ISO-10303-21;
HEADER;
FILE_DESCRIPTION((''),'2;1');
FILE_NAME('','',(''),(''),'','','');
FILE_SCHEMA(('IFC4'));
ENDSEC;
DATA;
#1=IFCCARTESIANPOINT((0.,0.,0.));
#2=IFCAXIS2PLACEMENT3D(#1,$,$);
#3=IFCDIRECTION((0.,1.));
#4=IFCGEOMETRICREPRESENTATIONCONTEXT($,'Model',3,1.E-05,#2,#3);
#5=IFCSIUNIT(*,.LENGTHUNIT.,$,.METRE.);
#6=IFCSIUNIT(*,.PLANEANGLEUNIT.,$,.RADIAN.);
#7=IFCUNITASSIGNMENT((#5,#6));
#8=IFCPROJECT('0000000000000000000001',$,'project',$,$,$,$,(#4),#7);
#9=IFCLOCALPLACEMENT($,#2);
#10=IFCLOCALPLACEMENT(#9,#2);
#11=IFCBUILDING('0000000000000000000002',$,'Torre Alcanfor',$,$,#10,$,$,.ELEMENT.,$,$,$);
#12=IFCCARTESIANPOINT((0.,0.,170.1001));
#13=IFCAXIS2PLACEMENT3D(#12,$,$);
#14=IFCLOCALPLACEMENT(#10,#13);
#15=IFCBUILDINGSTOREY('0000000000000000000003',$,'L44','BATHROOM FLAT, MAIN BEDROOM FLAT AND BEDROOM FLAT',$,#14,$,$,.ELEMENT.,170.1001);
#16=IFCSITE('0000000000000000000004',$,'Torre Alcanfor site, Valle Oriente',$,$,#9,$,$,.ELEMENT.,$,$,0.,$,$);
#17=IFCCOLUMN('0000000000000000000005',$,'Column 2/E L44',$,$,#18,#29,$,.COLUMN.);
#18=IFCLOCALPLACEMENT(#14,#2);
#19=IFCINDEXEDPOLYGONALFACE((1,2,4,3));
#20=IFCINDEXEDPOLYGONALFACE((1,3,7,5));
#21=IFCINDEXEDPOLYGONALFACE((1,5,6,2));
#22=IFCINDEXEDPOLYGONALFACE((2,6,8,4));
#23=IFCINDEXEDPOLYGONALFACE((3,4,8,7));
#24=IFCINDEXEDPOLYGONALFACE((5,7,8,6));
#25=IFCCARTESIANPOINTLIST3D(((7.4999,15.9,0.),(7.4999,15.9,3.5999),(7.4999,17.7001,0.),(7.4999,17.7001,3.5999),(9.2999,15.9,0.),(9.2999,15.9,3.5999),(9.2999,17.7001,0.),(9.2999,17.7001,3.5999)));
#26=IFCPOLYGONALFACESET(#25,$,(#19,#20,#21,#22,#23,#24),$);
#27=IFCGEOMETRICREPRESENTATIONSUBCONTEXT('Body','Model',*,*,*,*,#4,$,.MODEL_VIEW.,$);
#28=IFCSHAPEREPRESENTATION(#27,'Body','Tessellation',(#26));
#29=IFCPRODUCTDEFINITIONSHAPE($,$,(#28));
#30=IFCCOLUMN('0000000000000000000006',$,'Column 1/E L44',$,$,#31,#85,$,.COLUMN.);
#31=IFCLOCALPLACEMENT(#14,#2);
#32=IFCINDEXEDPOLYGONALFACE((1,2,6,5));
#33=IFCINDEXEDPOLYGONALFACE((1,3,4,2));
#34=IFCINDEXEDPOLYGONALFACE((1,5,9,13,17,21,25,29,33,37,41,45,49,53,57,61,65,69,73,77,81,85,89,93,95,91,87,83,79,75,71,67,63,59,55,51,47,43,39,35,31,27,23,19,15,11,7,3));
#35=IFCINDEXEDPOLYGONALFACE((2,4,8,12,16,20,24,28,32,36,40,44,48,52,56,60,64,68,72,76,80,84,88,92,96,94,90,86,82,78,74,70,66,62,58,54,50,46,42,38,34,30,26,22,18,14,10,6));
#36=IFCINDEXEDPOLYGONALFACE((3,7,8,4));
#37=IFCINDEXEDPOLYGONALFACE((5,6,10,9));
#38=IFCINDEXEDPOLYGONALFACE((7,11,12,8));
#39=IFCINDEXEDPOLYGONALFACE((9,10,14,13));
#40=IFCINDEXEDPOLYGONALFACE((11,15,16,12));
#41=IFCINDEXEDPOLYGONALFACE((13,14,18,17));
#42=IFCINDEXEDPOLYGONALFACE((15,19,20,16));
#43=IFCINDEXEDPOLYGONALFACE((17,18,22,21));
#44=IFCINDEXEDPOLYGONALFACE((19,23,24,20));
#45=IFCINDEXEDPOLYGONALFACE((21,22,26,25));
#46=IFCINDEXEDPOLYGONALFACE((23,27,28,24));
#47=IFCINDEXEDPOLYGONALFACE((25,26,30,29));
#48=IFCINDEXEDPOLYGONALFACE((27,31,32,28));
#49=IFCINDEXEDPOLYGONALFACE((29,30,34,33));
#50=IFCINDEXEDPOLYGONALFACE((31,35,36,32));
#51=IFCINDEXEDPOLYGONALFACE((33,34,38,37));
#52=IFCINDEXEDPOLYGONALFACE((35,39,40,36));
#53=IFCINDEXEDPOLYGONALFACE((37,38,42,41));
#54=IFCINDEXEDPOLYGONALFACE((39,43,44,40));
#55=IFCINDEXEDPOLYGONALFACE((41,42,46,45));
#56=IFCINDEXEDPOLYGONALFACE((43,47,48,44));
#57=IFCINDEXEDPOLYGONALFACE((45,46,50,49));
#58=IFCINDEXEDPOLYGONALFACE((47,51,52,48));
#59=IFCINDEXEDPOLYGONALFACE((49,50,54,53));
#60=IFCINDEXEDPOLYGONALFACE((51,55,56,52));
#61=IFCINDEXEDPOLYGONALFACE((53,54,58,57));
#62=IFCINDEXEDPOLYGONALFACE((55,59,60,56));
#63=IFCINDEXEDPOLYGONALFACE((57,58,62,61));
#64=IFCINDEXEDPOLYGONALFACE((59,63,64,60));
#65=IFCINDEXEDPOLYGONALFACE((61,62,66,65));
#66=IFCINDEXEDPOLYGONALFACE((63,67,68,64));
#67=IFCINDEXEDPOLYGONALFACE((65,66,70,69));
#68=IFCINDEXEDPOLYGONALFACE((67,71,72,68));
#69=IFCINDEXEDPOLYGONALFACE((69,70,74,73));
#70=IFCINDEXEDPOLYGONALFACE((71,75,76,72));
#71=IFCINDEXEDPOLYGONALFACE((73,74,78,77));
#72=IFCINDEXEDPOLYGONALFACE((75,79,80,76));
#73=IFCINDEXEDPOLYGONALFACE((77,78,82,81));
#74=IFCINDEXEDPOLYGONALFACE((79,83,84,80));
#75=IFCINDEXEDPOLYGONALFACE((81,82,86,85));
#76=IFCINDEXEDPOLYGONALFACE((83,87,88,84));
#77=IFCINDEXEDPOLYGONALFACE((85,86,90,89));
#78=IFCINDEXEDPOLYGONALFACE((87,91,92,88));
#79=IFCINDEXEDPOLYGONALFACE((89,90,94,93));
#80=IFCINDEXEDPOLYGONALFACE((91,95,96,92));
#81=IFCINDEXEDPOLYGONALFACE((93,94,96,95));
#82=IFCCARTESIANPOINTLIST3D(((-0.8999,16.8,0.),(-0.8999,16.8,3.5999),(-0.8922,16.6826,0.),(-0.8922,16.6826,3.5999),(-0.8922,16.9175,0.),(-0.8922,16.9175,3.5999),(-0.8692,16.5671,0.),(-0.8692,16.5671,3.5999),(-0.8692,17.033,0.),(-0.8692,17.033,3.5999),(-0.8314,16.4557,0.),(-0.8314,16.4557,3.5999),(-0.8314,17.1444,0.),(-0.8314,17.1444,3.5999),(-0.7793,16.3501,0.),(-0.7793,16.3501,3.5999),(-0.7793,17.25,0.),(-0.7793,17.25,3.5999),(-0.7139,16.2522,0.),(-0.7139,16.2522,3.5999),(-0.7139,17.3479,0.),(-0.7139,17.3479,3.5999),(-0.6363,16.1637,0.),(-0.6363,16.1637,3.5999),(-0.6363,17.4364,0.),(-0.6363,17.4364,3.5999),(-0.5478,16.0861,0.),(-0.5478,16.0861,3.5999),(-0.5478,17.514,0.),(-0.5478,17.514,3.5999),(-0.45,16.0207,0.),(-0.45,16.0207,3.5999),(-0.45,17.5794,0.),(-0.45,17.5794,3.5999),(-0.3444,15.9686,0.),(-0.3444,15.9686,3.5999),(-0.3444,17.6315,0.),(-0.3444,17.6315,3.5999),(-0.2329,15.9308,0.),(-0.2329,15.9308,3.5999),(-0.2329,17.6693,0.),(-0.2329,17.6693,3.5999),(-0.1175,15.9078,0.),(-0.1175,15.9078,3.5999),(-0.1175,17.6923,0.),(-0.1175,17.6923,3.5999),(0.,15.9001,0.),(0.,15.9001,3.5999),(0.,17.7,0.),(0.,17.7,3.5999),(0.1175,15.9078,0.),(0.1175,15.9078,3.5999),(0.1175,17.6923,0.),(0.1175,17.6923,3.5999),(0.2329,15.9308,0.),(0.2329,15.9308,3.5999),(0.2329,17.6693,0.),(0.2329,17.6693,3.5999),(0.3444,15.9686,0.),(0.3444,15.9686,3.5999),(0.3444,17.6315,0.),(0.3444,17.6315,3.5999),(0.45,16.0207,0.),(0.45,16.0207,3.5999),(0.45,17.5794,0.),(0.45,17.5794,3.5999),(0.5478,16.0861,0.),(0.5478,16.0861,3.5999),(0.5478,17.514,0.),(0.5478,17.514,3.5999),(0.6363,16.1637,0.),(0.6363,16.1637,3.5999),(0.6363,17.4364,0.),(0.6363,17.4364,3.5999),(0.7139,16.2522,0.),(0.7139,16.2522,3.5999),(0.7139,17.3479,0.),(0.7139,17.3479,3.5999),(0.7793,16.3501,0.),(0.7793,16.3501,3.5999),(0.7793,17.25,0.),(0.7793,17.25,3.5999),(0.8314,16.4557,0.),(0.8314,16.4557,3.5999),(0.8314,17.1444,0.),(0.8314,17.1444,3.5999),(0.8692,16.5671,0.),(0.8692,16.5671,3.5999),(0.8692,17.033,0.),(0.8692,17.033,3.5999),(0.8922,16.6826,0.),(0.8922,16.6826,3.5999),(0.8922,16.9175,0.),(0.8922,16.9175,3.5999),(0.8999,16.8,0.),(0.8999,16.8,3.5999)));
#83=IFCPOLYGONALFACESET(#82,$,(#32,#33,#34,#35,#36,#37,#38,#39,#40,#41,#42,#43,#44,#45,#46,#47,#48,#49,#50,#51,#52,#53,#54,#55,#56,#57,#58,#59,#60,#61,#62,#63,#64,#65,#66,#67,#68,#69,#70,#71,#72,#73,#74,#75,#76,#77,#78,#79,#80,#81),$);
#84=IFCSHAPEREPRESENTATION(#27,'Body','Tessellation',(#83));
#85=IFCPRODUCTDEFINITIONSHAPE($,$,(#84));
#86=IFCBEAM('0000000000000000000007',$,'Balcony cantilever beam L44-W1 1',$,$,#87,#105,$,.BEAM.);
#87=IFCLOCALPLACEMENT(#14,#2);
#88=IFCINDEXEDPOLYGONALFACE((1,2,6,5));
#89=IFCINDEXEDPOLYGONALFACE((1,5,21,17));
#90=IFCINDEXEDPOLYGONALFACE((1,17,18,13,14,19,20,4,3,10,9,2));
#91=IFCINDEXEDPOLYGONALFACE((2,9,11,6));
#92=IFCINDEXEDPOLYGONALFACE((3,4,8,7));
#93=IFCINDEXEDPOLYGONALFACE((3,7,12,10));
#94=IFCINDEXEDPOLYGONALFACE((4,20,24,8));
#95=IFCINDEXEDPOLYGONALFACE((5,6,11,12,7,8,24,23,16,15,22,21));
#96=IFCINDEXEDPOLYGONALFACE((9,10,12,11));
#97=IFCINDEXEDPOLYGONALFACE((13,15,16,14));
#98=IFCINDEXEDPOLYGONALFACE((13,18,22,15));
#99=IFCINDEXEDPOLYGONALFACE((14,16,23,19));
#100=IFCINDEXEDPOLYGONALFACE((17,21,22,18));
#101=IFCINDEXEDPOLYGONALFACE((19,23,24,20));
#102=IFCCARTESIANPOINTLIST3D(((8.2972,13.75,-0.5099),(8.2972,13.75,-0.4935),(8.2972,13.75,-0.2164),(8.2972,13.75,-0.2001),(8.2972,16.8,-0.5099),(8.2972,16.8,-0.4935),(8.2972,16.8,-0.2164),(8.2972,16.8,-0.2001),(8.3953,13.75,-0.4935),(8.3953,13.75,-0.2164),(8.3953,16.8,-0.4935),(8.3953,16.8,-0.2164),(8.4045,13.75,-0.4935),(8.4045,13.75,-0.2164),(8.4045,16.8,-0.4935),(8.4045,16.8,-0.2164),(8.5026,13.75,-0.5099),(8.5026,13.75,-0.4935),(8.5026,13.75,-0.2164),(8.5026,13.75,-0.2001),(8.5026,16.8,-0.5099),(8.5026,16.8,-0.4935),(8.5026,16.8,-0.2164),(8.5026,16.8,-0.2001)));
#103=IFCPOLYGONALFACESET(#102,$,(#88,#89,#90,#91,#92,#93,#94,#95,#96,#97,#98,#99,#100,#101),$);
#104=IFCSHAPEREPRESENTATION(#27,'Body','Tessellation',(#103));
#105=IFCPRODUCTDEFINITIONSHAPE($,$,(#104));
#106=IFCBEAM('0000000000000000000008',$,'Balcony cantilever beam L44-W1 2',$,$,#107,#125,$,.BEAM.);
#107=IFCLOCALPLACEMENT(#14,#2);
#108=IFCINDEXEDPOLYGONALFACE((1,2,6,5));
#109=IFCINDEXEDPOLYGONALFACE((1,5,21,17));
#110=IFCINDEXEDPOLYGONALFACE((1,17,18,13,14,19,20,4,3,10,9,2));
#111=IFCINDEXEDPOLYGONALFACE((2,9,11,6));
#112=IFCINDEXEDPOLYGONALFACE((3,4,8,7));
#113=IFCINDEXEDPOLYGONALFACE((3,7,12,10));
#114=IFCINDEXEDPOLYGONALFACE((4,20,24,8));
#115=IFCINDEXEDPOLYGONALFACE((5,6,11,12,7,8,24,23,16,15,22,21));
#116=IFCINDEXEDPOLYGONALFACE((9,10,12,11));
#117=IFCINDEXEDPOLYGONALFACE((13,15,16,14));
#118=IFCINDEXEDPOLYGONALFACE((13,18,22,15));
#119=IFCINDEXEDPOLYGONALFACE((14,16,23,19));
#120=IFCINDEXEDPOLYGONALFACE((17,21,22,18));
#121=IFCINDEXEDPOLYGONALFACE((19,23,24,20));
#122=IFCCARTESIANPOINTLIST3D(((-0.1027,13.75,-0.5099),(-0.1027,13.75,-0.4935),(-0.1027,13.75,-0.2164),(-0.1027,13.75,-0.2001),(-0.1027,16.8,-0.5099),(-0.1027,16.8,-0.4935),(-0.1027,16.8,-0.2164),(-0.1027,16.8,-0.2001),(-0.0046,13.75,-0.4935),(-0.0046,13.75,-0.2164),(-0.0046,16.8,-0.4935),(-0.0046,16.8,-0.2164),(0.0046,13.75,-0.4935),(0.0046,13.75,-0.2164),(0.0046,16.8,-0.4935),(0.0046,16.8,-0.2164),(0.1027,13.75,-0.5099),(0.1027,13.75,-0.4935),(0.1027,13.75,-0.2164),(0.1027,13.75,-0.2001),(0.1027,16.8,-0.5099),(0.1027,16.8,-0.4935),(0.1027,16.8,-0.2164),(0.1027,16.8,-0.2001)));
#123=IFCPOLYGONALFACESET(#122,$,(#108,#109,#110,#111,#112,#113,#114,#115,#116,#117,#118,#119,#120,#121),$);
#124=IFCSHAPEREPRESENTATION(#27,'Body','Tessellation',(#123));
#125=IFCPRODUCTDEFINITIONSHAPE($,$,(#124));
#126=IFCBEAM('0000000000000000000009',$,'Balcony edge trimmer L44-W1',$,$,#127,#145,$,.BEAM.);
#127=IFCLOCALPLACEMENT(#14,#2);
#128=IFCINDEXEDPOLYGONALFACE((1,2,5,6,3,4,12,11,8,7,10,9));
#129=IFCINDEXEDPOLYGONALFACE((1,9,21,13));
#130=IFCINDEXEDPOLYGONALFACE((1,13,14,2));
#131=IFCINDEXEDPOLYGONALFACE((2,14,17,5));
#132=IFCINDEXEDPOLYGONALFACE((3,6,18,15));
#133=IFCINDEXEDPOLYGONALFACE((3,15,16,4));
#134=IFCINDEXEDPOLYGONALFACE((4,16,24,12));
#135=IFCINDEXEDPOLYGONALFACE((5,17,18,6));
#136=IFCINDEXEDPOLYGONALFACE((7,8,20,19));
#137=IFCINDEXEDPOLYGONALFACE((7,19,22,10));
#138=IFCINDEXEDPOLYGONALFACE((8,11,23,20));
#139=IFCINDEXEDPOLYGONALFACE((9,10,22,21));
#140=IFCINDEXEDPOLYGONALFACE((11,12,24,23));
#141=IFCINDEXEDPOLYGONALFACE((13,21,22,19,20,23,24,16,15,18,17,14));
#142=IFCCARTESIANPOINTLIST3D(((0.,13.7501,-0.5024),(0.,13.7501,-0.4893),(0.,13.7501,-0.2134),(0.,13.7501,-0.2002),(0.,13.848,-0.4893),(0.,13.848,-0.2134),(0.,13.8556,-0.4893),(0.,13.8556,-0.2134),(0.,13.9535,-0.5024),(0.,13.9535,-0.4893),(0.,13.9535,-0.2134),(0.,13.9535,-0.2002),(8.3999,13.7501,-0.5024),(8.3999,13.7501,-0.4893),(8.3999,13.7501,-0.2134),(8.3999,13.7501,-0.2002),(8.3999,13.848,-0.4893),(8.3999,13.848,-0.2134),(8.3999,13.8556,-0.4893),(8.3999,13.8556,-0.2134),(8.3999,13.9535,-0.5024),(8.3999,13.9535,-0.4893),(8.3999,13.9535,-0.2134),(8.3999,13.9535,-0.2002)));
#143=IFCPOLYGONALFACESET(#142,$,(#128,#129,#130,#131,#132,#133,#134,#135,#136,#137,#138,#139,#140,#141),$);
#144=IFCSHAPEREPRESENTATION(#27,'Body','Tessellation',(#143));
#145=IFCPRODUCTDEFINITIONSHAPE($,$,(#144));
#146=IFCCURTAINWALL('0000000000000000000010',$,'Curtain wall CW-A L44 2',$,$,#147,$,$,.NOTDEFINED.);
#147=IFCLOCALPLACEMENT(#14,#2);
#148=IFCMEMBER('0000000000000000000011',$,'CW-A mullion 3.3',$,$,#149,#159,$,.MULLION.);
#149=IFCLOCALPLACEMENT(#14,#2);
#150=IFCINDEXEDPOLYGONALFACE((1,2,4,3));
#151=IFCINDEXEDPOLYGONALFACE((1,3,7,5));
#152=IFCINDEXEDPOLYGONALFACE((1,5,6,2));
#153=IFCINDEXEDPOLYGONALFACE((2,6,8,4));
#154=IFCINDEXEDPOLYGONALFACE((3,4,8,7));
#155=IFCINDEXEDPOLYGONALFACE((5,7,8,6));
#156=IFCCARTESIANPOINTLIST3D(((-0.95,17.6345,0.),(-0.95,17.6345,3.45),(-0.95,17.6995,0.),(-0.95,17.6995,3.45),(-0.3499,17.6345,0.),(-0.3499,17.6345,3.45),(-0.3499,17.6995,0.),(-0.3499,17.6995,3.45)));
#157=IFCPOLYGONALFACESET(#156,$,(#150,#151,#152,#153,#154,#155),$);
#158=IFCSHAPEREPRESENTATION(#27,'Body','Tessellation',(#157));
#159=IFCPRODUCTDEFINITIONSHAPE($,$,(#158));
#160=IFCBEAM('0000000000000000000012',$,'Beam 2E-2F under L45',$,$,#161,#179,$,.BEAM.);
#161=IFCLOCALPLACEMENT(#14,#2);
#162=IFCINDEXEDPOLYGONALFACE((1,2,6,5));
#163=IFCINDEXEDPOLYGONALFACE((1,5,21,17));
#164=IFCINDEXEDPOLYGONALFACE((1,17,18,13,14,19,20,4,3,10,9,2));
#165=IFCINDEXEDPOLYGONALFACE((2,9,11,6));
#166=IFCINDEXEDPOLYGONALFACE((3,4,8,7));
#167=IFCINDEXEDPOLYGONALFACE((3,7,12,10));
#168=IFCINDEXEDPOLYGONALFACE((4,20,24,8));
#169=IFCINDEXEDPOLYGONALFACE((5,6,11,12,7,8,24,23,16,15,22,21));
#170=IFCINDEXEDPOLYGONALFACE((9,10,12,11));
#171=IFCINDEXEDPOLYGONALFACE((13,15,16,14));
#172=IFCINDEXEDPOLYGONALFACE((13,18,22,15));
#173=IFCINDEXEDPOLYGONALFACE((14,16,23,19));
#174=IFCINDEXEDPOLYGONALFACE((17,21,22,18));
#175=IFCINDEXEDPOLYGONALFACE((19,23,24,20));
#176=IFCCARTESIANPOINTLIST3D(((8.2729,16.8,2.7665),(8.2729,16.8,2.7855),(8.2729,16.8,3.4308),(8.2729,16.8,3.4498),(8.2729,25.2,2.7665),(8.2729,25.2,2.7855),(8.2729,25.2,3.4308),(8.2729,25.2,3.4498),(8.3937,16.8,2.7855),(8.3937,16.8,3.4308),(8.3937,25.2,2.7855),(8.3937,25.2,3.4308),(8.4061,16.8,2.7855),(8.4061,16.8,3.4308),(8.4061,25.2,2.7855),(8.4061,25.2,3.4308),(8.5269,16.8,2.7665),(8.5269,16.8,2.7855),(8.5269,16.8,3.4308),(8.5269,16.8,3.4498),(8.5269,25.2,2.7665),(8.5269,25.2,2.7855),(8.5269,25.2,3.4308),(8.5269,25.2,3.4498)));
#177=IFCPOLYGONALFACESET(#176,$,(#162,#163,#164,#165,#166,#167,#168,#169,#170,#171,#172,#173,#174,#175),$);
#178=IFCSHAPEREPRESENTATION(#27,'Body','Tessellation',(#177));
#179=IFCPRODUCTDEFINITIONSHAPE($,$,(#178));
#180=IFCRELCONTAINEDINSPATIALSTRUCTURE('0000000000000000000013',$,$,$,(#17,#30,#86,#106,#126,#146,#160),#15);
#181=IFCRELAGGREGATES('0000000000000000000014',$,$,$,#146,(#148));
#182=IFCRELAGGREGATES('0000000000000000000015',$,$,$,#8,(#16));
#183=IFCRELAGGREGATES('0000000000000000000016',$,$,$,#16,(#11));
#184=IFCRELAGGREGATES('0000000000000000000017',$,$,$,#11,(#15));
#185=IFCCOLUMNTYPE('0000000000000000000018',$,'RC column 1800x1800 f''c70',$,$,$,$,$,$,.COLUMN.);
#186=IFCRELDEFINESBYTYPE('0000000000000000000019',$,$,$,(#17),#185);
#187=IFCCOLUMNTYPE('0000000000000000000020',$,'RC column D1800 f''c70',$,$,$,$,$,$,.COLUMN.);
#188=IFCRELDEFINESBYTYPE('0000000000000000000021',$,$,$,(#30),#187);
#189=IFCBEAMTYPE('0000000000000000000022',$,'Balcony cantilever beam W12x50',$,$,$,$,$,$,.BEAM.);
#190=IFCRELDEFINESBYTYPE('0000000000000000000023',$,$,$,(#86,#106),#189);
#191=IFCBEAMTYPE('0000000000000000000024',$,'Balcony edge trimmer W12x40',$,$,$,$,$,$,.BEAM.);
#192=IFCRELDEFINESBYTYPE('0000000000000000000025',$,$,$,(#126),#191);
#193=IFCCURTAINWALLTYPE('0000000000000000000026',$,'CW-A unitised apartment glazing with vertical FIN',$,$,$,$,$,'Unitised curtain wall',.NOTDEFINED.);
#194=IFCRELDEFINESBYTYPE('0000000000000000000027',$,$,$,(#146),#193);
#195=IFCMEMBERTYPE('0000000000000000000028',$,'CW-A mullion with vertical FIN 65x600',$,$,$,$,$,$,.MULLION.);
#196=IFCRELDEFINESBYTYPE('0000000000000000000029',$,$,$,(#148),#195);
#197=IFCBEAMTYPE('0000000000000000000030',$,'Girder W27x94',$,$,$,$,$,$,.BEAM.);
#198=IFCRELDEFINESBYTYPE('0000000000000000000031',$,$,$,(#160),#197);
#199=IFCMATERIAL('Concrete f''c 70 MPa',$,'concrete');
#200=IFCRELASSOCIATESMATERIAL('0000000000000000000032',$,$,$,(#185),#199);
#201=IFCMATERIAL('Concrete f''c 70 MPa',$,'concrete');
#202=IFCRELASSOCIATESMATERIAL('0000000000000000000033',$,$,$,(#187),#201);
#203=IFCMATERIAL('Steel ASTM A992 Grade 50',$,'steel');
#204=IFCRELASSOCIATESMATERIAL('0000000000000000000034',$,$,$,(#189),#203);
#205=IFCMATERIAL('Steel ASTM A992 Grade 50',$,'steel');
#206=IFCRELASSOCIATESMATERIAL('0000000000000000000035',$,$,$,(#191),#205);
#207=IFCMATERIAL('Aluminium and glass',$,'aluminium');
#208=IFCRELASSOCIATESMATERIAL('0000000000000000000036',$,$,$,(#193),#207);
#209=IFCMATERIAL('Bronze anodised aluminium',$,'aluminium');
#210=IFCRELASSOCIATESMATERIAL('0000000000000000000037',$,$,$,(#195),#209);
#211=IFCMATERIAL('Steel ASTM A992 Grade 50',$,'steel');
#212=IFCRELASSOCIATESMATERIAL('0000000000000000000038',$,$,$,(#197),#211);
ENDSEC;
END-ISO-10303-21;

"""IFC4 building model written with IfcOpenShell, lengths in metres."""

from ifc_helpers import new_model, si_unit, direction, frame, origin, origin_2d, place, context, subcontext, project, spatial, rectangle, circle, i_section, extrude, material, material_profile, profile_set, type_object, element, aggregate, save


model = new_model("IFC4")

# Units and contexts
model_context = context("Model", 3, precision=1e-05, world=origin(), true_north=direction((0.0, 1.0)))
body_context = subcontext(model_context, "Body", "Model", "MODEL_VIEW")
ifc_project = project(units=[si_unit("LENGTHUNIT", "METRE"), si_unit("PLANEANGLEUNIT", "RADIAN")], contexts=[model_context])

# Site, building, storey
site_placement = place(None, origin())
site = spatial("IfcSite", under=ifc_project, at=site_placement, Name="Torre Alcanfor site, Valle Oriente", CompositionType="ELEMENT", RefElevation=0.0)
building_placement = place(site_placement, origin())
building = spatial("IfcBuilding", under=site, at=building_placement, Name="Torre Alcanfor", CompositionType="ELEMENT")
storey_placement = place(building_placement, frame((0.0, 0.0, 170.1001)))
storey = spatial("IfcBuildingStorey", under=building, at=storey_placement, Name="L44", Description="BATHROOM FLAT, MAIN BEDROOM FLAT AND BEDROOM FLAT", CompositionType="ELEMENT", Elevation=170.1001)

# Columns
ifc_material_1 = material(Name="Concrete f'c 70 MPa", Category="concrete")
ifc_material_profile_1 = material_profile(ifc_material_1, rectangle(XDim=1.8, YDim=1.8, at=origin_2d()), Name="1800x1800")
ifc_profile_set_1 = profile_set([ifc_material_profile_1], Name="Concrete f'c 70 MPa")
column_type_1 = type_object("IfcColumnType", Name="RC column 1800x1800 f'c70", PredefinedType="COLUMN", material=ifc_profile_set_1)
column_1_placement = place(storey_placement, frame((8.3999, 16.8, 0.0), z_axis=(0.0, 0.0, 1.0), x_axis=(1.0, 0.0, 0.0)))
element("IfcColumn", 1, at=column_1_placement, inside=storey, type_object=column_type_1, Name="Column 2/E L44", PredefinedType="COLUMN", context=body_context, shape_type="SweptSolid", body=[
    extrude(rectangle(XDim=1.8, YDim=1.8, at=origin_2d()), origin(), (0.0, 0.0, 1.0), 3.5999),
])
ifc_material_2 = material(Name="Concrete f'c 70 MPa", Category="concrete")
ifc_material_profile_2 = material_profile(ifc_material_2, circle(Radius=0.8999, at=origin_2d()), Name="D1800")
ifc_profile_set_2 = profile_set([ifc_material_profile_2], Name="Concrete f'c 70 MPa")
column_type_2 = type_object("IfcColumnType", Name="RC column D1800 f'c70", PredefinedType="COLUMN", material=ifc_profile_set_2)
column_2_placement = place(storey_placement, frame((0.0, 16.8, 0.0), z_axis=(0.0, 0.0, 1.0), x_axis=(1.0, 0.0, 0.0)))
element("IfcColumn", 2, at=column_2_placement, inside=storey, type_object=column_type_2, Name="Column 1/E L44", PredefinedType="COLUMN", context=body_context, shape_type="SweptSolid", body=[
    extrude(circle(Radius=0.8999, at=origin_2d()), origin(), (0.0, 0.0, 1.0), 3.5999),
])

# Beams
ifc_material_3 = material(Name="Steel ASTM A992 Grade 50", Category="steel")
ifc_material_profile_3 = material_profile(ifc_material_3, i_section(OverallWidth=0.2053, OverallDepth=0.3098, WebThickness=0.0093, FlangeThickness=0.0164, at=origin_2d()), Name="W12x50")
ifc_profile_set_3 = profile_set([ifc_material_profile_3], Name="Steel ASTM A992 Grade 50")
beam_type_1 = type_object("IfcBeamType", Name="Balcony cantilever beam W12x50", PredefinedType="BEAM", material=ifc_profile_set_3)
for number, where, z_axis, x_axis, name in (
    (3, (8.3999, 16.8, -0.355), (0.0, -1.0, 0.0), (1.0, 0.0, 0.0), "Balcony cantilever beam L44-W1 1"),
    (4, (0.0, 16.8, -0.355), (0.0, -1.0, 0.0), (1.0, 0.0, 0.0), "Balcony cantilever beam L44-W1 2"),
):
    element("IfcBeam", number, at=place(storey_placement, frame(where, z_axis=z_axis, x_axis=x_axis)), inside=storey, type_object=beam_type_1, Name=name, PredefinedType="BEAM", context=body_context, shape_type="SweptSolid", body=[
        extrude(i_section(OverallWidth=0.2053, OverallDepth=0.3098, WebThickness=0.0093, FlangeThickness=0.0164, at=origin_2d()), origin(), (0.0, 0.0, 1.0), 3.05),
    ])
ifc_material_4 = material(Name="Steel ASTM A992 Grade 50", Category="steel")
ifc_material_profile_4 = material_profile(ifc_material_4, i_section(OverallWidth=0.2034, OverallDepth=0.3022, WebThickness=0.0076, FlangeThickness=0.0132, at=origin_2d()), Name="W12x40")
ifc_profile_set_4 = profile_set([ifc_material_profile_4], Name="Steel ASTM A992 Grade 50")
beam_type_2 = type_object("IfcBeamType", Name="Balcony edge trimmer W12x40", PredefinedType="BEAM", material=ifc_profile_set_4)
beam_1_placement = place(storey_placement, frame((8.3999, 13.8518, -0.3513), z_axis=(-1.0, 0.0, 0.0), x_axis=(0.0, -1.0, 0.0)))
element("IfcBeam", 5, at=beam_1_placement, inside=storey, type_object=beam_type_2, Name="Balcony edge trimmer L44-W1", PredefinedType="BEAM", context=body_context, shape_type="SweptSolid", body=[
    extrude(i_section(OverallWidth=0.2034, OverallDepth=0.3022, WebThickness=0.0076, FlangeThickness=0.0132, at=origin_2d()), origin(), (0.0, 0.0, 1.0), 8.3999),
])

# Curtain wall, member
ifc_material_5 = material(Name="Aluminium and glass", Category="aluminium")
curtain_wall_type = type_object("IfcCurtainWallType", Name="CW-A unitised apartment glazing with vertical FIN", ElementType="Unitised curtain wall", PredefinedType="NOTDEFINED", material=ifc_material_5)
curtain_wall_placement = place(storey_placement, origin())
curtain_wall = element("IfcCurtainWall", 6, at=curtain_wall_placement, inside=storey, type_object=curtain_wall_type, Name="Curtain wall CW-A L44 2", PredefinedType="NOTDEFINED")
ifc_material_6 = material(Name="Bronze anodised aluminium", Category="aluminium")
ifc_material_profile_5 = material_profile(ifc_material_6, rectangle(XDim=0.6001, YDim=0.0649, at=origin_2d()), Name="CW-A mullion 65x600")
ifc_profile_set_5 = profile_set([ifc_material_profile_5], Name="Bronze anodised aluminium")
member_type = type_object("IfcMemberType", Name="CW-A mullion with vertical FIN 65x600", PredefinedType="MULLION", material=ifc_profile_set_5)
member_placement = place(storey_placement, frame((-0.6499, 17.667, 0.0), z_axis=(0.0, 0.0, 1.0), x_axis=(1.0, 0.0, 0.0)))
member = element("IfcMember", 7, at=member_placement, type_object=member_type, Name="CW-A mullion 3.3", PredefinedType="MULLION", context=body_context, shape_type="SweptSolid", body=[
    extrude(rectangle(XDim=0.6001, YDim=0.0649, at=origin_2d()), origin(), (0.0, 0.0, 1.0), 3.45),
])

# Beam
ifc_material_7 = material(Name="Steel ASTM A992 Grade 50", Category="steel")
ifc_material_profile_6 = material_profile(ifc_material_7, i_section(OverallWidth=0.2539, OverallDepth=0.6833, WebThickness=0.0125, FlangeThickness=0.019, at=origin_2d()), Name="W27x94")
ifc_profile_set_6 = profile_set([ifc_material_profile_6], Name="Steel ASTM A992 Grade 50")
beam_type_3 = type_object("IfcBeamType", Name="Girder W27x94", PredefinedType="BEAM", material=ifc_profile_set_6)
beam_2_placement = place(storey_placement, frame((8.3999, 16.8, 3.1082), z_axis=(0.0, 1.0, 0.0), x_axis=(-1.0, 0.0, 0.0)))
element("IfcBeam", 8, at=beam_2_placement, inside=storey, type_object=beam_type_3, Name="Beam 2E-2F under L45", PredefinedType="BEAM", context=body_context, shape_type="SweptSolid", body=[
    extrude(i_section(OverallWidth=0.2539, OverallDepth=0.6833, WebThickness=0.0125, FlangeThickness=0.019, at=origin_2d()), origin(), (0.0, 0.0, 1.0), 8.3999),
])

aggregate(curtain_wall, [member])

save(model, "model.ifc")
